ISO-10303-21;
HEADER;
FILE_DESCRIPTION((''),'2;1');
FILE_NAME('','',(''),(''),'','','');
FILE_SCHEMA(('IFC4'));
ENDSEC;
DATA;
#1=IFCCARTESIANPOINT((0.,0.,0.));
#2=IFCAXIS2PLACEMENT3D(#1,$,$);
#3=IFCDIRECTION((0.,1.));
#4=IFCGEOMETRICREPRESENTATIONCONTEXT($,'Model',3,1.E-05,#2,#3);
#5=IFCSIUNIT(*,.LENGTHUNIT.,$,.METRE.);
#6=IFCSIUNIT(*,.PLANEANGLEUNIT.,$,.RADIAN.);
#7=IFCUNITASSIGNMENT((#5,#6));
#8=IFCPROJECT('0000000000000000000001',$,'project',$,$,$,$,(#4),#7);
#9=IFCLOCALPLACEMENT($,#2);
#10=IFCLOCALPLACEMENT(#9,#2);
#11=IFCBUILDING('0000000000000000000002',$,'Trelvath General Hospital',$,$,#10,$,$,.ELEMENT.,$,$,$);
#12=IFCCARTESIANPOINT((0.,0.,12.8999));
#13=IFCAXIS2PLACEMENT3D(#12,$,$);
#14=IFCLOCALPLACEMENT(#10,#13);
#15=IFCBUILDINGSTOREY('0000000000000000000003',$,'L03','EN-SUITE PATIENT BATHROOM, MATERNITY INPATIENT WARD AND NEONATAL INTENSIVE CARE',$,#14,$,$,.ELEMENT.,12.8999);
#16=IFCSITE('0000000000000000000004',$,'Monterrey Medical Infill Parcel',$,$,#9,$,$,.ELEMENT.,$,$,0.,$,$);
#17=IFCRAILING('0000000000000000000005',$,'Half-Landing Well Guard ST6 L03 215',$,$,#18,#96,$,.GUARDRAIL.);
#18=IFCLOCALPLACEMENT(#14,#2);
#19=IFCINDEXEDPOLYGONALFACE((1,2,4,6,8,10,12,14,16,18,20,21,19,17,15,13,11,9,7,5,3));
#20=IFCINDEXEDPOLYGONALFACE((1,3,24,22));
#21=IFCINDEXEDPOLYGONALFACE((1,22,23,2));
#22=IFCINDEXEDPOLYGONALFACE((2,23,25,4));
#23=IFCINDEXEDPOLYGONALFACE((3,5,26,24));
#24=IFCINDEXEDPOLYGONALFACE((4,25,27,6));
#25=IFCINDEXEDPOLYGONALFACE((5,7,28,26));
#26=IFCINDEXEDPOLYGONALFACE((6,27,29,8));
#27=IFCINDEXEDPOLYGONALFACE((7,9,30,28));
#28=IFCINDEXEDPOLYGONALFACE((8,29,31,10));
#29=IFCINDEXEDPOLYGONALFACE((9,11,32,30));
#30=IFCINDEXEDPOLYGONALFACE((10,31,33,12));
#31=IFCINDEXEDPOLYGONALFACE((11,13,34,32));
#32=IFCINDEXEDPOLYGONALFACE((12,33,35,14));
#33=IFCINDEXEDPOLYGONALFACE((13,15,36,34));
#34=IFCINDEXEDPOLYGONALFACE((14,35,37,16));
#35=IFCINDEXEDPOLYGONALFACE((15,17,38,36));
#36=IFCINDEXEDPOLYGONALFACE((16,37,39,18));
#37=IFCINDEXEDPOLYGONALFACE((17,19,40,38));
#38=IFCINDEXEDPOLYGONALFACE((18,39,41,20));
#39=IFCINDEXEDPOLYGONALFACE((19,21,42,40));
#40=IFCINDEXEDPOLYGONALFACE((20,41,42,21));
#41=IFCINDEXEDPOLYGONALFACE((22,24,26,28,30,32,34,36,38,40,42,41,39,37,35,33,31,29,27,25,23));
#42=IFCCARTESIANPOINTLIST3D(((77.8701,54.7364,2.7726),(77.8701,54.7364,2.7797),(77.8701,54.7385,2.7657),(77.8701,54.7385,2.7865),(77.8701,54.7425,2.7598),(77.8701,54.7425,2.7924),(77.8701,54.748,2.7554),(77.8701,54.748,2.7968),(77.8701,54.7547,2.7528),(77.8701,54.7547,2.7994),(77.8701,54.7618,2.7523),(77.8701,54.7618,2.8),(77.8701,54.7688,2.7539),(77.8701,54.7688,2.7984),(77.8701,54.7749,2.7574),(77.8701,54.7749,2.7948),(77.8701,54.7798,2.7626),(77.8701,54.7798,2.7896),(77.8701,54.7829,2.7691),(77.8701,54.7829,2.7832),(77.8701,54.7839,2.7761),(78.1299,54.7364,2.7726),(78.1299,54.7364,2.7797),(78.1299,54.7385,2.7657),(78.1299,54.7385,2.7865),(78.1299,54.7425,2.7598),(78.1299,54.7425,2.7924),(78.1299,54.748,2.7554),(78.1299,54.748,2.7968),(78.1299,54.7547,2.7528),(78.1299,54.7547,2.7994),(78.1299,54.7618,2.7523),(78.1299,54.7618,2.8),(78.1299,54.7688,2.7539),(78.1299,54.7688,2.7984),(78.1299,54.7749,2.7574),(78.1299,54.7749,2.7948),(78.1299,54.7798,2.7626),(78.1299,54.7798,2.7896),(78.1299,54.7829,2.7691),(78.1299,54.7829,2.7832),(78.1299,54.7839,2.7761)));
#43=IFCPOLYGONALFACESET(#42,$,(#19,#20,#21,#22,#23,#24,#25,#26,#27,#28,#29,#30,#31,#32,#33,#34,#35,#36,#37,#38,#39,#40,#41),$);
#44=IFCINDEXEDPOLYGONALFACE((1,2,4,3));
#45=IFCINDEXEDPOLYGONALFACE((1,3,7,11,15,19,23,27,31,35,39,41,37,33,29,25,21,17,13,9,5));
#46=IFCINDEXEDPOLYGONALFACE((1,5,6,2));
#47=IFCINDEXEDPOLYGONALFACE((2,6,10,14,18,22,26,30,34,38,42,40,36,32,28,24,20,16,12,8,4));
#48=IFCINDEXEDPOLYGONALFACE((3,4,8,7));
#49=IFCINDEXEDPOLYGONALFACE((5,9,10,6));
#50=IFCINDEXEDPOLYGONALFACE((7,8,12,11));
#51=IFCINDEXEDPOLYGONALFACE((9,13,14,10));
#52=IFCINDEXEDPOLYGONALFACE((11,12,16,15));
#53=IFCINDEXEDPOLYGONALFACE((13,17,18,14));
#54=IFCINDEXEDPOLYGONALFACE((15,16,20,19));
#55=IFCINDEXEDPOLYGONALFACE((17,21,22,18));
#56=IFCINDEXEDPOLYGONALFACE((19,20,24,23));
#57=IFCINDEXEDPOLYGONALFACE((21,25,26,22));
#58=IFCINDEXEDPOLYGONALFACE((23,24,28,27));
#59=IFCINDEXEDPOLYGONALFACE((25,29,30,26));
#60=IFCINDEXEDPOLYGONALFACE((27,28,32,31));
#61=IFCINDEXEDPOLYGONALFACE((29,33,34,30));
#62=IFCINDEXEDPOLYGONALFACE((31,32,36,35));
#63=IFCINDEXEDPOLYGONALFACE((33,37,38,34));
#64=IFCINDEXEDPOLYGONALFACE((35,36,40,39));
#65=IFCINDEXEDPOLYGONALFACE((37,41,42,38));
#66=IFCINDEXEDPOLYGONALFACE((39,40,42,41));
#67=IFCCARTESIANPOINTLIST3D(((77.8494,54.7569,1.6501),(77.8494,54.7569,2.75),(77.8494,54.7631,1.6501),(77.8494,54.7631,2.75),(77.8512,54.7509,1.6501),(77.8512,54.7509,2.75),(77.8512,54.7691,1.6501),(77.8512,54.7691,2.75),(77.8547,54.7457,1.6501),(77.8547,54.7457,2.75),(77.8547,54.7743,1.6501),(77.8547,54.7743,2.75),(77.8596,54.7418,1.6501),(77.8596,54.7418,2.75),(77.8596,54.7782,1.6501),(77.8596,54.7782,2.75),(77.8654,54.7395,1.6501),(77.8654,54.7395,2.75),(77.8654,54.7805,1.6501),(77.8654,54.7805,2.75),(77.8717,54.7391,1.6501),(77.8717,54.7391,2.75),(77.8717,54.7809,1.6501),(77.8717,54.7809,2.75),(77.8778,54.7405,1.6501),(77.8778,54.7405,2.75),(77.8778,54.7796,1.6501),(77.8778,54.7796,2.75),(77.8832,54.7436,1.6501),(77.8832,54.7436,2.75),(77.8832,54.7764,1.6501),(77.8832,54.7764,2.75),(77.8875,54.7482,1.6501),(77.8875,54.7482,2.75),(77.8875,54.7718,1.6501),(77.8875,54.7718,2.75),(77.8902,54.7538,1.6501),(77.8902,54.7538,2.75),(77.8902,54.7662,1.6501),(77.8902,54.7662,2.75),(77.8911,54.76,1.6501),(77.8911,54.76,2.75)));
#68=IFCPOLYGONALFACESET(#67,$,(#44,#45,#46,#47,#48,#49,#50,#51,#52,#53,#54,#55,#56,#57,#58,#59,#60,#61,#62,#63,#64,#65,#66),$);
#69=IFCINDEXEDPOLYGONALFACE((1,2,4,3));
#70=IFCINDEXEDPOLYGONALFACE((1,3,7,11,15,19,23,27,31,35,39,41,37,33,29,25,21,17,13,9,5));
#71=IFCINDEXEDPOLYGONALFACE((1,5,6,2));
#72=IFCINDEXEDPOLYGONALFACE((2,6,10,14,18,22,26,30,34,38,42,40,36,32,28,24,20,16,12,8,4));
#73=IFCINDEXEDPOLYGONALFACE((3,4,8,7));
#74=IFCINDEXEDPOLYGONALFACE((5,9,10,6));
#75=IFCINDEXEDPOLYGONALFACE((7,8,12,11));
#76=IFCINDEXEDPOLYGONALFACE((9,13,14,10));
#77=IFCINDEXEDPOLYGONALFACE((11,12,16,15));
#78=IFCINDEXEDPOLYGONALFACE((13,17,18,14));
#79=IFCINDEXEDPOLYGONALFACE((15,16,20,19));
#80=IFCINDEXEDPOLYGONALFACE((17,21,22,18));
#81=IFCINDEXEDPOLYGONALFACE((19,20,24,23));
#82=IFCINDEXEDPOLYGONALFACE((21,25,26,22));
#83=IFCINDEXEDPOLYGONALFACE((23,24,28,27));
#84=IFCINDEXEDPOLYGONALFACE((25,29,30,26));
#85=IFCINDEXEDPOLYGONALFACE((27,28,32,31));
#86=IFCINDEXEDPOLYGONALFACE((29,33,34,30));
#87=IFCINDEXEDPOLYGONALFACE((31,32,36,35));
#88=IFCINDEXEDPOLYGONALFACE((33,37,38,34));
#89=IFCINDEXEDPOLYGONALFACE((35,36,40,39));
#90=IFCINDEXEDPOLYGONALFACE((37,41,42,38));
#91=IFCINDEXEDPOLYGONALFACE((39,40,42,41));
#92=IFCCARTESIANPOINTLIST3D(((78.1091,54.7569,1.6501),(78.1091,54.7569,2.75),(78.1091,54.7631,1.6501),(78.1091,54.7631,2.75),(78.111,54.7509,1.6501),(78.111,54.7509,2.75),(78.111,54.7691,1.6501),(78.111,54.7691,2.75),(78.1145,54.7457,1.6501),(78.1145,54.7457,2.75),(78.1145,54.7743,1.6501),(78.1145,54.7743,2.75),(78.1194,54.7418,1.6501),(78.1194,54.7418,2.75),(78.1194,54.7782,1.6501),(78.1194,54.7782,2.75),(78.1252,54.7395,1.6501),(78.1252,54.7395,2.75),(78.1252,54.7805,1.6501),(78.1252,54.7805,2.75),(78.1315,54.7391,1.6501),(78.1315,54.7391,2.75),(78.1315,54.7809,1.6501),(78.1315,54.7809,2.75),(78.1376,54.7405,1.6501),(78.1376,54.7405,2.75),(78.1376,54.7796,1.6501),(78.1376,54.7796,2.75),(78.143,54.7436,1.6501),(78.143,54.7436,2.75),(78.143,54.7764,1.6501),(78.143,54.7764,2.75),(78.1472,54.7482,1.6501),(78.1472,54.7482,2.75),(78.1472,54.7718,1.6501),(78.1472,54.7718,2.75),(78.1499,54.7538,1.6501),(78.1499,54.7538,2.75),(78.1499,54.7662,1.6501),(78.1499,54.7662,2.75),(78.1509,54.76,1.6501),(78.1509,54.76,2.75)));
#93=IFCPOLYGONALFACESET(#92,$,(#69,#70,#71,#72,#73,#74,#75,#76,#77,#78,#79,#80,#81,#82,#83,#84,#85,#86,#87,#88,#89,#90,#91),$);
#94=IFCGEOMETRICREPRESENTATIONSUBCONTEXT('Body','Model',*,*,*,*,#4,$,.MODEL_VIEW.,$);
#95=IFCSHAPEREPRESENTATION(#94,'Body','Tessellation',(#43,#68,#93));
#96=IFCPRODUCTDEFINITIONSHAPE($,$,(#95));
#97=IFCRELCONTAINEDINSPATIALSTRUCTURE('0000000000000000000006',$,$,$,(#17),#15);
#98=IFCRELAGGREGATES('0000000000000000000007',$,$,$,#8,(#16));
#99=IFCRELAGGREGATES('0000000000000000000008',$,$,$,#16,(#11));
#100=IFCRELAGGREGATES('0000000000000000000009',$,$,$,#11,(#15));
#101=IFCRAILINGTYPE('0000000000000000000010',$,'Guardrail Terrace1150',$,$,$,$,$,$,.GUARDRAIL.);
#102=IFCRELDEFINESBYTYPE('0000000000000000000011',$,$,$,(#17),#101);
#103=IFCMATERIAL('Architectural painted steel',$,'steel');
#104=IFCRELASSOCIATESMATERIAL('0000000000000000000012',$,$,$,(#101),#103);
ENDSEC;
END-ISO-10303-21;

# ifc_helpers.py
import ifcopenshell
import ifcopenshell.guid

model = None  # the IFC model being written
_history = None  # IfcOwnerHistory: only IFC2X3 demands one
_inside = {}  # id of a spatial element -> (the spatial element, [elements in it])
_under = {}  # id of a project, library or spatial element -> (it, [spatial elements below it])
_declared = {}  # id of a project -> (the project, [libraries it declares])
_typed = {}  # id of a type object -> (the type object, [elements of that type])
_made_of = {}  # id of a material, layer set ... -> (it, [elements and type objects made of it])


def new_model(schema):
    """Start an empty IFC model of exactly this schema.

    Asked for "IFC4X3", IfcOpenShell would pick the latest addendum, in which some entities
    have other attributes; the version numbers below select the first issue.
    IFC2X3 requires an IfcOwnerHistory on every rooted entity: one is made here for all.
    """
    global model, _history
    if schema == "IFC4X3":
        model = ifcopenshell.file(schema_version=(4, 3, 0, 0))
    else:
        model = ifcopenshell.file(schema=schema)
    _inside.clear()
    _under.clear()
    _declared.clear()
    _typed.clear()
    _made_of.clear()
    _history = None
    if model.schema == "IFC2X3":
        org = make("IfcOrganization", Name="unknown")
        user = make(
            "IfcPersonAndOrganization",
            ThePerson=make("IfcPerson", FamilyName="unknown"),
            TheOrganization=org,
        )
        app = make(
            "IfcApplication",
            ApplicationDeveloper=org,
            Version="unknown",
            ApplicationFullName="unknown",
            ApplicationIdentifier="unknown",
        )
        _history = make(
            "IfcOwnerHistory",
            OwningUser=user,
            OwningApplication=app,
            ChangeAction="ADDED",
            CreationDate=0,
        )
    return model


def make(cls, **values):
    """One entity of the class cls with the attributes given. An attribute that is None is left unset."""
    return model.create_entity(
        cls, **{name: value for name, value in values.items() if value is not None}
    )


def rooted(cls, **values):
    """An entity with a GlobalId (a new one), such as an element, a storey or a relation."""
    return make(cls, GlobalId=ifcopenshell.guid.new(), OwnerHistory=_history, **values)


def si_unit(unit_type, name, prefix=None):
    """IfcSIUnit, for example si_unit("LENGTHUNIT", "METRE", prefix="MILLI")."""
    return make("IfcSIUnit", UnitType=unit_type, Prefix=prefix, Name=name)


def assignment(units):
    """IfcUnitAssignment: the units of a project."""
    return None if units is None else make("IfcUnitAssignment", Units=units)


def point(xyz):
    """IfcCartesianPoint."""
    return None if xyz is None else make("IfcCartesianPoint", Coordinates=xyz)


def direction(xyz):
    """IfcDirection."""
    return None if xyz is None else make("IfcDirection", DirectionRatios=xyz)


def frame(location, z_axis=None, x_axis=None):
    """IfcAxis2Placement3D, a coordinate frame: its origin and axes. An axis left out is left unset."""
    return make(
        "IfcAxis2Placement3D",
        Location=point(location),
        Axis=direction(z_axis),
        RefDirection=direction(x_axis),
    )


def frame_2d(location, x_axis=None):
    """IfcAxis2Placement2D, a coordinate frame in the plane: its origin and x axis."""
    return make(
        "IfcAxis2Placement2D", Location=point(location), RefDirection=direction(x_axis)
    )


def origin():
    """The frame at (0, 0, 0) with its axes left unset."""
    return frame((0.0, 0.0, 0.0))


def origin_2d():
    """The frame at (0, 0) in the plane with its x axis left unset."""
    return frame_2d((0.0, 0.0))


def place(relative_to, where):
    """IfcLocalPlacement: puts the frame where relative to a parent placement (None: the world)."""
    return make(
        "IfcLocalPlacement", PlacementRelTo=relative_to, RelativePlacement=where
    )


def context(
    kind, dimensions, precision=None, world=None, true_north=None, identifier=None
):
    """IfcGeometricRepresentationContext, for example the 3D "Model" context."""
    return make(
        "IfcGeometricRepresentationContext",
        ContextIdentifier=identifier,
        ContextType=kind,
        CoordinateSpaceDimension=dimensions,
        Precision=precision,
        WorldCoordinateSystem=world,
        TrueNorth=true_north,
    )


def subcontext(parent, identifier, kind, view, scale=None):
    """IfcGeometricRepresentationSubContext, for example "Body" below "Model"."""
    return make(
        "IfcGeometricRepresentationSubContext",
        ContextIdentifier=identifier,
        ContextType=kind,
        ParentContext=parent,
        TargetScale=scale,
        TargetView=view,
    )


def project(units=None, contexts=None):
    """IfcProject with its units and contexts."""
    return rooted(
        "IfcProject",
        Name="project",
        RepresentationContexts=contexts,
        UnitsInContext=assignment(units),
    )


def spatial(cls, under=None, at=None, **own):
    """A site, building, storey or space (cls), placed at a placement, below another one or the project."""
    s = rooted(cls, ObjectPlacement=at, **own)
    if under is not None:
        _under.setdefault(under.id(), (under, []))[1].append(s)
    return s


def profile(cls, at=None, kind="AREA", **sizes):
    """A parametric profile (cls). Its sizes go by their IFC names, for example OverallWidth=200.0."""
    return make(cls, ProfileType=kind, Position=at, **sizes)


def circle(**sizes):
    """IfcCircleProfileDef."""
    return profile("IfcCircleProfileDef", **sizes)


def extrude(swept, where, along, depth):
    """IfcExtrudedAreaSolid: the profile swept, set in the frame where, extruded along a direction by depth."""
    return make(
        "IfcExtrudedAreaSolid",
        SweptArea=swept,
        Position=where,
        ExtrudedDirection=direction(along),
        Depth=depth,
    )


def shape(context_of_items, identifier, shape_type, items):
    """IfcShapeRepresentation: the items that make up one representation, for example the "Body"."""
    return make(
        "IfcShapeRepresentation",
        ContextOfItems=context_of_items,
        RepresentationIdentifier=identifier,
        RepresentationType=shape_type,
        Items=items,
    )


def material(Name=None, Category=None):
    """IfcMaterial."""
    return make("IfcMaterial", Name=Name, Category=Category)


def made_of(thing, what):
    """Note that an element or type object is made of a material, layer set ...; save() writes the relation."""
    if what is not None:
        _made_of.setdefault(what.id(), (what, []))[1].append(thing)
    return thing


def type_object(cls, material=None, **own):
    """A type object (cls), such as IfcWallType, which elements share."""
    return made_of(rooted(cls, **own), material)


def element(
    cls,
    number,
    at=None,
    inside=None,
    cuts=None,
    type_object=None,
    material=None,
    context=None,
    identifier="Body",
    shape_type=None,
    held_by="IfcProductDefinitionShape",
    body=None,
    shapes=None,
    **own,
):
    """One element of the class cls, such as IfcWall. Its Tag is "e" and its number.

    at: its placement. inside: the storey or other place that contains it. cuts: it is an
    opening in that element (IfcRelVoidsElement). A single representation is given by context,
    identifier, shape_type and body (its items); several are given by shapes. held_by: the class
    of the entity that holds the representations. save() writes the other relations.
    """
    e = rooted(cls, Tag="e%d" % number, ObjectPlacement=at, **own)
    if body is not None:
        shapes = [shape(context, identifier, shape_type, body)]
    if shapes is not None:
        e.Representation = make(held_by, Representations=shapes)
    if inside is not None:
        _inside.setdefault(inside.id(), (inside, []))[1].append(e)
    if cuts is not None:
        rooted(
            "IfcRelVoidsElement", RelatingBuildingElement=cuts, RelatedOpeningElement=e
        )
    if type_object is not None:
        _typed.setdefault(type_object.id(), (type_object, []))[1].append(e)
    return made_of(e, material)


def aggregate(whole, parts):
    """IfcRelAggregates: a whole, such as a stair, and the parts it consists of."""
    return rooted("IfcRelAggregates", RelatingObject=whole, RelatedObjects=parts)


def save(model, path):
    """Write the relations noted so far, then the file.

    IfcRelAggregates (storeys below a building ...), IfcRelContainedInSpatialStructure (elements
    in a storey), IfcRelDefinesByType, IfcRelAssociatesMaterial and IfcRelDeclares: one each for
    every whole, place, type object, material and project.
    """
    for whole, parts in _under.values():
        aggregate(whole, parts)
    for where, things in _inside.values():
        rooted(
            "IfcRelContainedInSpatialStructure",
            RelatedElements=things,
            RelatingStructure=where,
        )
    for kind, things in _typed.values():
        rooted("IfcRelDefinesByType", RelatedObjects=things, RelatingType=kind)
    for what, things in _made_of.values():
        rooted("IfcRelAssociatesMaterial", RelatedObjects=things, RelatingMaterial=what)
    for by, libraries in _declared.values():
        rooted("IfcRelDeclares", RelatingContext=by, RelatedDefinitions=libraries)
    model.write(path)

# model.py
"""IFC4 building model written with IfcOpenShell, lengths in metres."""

from ifc_helpers import new_model, si_unit, direction, frame, origin, origin_2d, place, context, subcontext, project, spatial, circle, extrude, material, type_object, element, save


model = new_model("IFC4")

# Units and contexts
model_context = context("Model", 3, precision=1e-05, world=origin(), true_north=direction((0.0, 1.0)))
body_context = subcontext(model_context, "Body", "Model", "MODEL_VIEW")
ifc_project = project(units=[si_unit("LENGTHUNIT", "METRE"), si_unit("PLANEANGLEUNIT", "RADIAN")], contexts=[model_context])

# Site, building, storey
site_placement = place(None, origin())
site = spatial("IfcSite", under=ifc_project, at=site_placement, Name="Monterrey Medical Infill Parcel", CompositionType="ELEMENT", RefElevation=0.0)
building_placement = place(site_placement, origin())
building = spatial("IfcBuilding", under=site, at=building_placement, Name="Trelvath General Hospital", CompositionType="ELEMENT")
storey_placement = place(building_placement, frame((0.0, 0.0, 12.8999)))
storey = spatial("IfcBuildingStorey", under=building, at=storey_placement, Name="L03", Description="EN-SUITE PATIENT BATHROOM, MATERNITY INPATIENT WARD AND NEONATAL INTENSIVE CARE", CompositionType="ELEMENT", Elevation=12.8999)

# Railing
ifc_material_1 = material(Name="Architectural painted steel", Category="steel")
railing_type_1 = type_object("IfcRailingType", Name="Guardrail Terrace1150", PredefinedType="GUARDRAIL", material=ifc_material_1)
railing_1_placement = place(storey_placement, frame((77.8701, 54.76, 1.6501)))
element("IfcRailing", 1, at=railing_1_placement, inside=storey, type_object=railing_type_1, Name="Half-Landing Well Guard ST6 L03 215", PredefinedType="GUARDRAIL", context=body_context, shape_type="SweptSolid", body=[
    extrude(circle(Radius=0.0239, at=origin_2d()), frame((0.0, 0.0, 1.126), z_axis=(1.0, 0.0, 0.0), x_axis=(0.0, 1.0, 0.0)), (0.0, 0.0, 1.0), 0.2598),
    extrude(circle(Radius=0.021, at=origin_2d()), origin(), (0.0, 0.0, 1.0), 1.0999),
    extrude(circle(Radius=0.021, at=origin_2d()), frame((0.2598, 0.0, 0.0)), (0.0, 0.0, 1.0), 1.0999),
])

save(model, "model.ifc")
